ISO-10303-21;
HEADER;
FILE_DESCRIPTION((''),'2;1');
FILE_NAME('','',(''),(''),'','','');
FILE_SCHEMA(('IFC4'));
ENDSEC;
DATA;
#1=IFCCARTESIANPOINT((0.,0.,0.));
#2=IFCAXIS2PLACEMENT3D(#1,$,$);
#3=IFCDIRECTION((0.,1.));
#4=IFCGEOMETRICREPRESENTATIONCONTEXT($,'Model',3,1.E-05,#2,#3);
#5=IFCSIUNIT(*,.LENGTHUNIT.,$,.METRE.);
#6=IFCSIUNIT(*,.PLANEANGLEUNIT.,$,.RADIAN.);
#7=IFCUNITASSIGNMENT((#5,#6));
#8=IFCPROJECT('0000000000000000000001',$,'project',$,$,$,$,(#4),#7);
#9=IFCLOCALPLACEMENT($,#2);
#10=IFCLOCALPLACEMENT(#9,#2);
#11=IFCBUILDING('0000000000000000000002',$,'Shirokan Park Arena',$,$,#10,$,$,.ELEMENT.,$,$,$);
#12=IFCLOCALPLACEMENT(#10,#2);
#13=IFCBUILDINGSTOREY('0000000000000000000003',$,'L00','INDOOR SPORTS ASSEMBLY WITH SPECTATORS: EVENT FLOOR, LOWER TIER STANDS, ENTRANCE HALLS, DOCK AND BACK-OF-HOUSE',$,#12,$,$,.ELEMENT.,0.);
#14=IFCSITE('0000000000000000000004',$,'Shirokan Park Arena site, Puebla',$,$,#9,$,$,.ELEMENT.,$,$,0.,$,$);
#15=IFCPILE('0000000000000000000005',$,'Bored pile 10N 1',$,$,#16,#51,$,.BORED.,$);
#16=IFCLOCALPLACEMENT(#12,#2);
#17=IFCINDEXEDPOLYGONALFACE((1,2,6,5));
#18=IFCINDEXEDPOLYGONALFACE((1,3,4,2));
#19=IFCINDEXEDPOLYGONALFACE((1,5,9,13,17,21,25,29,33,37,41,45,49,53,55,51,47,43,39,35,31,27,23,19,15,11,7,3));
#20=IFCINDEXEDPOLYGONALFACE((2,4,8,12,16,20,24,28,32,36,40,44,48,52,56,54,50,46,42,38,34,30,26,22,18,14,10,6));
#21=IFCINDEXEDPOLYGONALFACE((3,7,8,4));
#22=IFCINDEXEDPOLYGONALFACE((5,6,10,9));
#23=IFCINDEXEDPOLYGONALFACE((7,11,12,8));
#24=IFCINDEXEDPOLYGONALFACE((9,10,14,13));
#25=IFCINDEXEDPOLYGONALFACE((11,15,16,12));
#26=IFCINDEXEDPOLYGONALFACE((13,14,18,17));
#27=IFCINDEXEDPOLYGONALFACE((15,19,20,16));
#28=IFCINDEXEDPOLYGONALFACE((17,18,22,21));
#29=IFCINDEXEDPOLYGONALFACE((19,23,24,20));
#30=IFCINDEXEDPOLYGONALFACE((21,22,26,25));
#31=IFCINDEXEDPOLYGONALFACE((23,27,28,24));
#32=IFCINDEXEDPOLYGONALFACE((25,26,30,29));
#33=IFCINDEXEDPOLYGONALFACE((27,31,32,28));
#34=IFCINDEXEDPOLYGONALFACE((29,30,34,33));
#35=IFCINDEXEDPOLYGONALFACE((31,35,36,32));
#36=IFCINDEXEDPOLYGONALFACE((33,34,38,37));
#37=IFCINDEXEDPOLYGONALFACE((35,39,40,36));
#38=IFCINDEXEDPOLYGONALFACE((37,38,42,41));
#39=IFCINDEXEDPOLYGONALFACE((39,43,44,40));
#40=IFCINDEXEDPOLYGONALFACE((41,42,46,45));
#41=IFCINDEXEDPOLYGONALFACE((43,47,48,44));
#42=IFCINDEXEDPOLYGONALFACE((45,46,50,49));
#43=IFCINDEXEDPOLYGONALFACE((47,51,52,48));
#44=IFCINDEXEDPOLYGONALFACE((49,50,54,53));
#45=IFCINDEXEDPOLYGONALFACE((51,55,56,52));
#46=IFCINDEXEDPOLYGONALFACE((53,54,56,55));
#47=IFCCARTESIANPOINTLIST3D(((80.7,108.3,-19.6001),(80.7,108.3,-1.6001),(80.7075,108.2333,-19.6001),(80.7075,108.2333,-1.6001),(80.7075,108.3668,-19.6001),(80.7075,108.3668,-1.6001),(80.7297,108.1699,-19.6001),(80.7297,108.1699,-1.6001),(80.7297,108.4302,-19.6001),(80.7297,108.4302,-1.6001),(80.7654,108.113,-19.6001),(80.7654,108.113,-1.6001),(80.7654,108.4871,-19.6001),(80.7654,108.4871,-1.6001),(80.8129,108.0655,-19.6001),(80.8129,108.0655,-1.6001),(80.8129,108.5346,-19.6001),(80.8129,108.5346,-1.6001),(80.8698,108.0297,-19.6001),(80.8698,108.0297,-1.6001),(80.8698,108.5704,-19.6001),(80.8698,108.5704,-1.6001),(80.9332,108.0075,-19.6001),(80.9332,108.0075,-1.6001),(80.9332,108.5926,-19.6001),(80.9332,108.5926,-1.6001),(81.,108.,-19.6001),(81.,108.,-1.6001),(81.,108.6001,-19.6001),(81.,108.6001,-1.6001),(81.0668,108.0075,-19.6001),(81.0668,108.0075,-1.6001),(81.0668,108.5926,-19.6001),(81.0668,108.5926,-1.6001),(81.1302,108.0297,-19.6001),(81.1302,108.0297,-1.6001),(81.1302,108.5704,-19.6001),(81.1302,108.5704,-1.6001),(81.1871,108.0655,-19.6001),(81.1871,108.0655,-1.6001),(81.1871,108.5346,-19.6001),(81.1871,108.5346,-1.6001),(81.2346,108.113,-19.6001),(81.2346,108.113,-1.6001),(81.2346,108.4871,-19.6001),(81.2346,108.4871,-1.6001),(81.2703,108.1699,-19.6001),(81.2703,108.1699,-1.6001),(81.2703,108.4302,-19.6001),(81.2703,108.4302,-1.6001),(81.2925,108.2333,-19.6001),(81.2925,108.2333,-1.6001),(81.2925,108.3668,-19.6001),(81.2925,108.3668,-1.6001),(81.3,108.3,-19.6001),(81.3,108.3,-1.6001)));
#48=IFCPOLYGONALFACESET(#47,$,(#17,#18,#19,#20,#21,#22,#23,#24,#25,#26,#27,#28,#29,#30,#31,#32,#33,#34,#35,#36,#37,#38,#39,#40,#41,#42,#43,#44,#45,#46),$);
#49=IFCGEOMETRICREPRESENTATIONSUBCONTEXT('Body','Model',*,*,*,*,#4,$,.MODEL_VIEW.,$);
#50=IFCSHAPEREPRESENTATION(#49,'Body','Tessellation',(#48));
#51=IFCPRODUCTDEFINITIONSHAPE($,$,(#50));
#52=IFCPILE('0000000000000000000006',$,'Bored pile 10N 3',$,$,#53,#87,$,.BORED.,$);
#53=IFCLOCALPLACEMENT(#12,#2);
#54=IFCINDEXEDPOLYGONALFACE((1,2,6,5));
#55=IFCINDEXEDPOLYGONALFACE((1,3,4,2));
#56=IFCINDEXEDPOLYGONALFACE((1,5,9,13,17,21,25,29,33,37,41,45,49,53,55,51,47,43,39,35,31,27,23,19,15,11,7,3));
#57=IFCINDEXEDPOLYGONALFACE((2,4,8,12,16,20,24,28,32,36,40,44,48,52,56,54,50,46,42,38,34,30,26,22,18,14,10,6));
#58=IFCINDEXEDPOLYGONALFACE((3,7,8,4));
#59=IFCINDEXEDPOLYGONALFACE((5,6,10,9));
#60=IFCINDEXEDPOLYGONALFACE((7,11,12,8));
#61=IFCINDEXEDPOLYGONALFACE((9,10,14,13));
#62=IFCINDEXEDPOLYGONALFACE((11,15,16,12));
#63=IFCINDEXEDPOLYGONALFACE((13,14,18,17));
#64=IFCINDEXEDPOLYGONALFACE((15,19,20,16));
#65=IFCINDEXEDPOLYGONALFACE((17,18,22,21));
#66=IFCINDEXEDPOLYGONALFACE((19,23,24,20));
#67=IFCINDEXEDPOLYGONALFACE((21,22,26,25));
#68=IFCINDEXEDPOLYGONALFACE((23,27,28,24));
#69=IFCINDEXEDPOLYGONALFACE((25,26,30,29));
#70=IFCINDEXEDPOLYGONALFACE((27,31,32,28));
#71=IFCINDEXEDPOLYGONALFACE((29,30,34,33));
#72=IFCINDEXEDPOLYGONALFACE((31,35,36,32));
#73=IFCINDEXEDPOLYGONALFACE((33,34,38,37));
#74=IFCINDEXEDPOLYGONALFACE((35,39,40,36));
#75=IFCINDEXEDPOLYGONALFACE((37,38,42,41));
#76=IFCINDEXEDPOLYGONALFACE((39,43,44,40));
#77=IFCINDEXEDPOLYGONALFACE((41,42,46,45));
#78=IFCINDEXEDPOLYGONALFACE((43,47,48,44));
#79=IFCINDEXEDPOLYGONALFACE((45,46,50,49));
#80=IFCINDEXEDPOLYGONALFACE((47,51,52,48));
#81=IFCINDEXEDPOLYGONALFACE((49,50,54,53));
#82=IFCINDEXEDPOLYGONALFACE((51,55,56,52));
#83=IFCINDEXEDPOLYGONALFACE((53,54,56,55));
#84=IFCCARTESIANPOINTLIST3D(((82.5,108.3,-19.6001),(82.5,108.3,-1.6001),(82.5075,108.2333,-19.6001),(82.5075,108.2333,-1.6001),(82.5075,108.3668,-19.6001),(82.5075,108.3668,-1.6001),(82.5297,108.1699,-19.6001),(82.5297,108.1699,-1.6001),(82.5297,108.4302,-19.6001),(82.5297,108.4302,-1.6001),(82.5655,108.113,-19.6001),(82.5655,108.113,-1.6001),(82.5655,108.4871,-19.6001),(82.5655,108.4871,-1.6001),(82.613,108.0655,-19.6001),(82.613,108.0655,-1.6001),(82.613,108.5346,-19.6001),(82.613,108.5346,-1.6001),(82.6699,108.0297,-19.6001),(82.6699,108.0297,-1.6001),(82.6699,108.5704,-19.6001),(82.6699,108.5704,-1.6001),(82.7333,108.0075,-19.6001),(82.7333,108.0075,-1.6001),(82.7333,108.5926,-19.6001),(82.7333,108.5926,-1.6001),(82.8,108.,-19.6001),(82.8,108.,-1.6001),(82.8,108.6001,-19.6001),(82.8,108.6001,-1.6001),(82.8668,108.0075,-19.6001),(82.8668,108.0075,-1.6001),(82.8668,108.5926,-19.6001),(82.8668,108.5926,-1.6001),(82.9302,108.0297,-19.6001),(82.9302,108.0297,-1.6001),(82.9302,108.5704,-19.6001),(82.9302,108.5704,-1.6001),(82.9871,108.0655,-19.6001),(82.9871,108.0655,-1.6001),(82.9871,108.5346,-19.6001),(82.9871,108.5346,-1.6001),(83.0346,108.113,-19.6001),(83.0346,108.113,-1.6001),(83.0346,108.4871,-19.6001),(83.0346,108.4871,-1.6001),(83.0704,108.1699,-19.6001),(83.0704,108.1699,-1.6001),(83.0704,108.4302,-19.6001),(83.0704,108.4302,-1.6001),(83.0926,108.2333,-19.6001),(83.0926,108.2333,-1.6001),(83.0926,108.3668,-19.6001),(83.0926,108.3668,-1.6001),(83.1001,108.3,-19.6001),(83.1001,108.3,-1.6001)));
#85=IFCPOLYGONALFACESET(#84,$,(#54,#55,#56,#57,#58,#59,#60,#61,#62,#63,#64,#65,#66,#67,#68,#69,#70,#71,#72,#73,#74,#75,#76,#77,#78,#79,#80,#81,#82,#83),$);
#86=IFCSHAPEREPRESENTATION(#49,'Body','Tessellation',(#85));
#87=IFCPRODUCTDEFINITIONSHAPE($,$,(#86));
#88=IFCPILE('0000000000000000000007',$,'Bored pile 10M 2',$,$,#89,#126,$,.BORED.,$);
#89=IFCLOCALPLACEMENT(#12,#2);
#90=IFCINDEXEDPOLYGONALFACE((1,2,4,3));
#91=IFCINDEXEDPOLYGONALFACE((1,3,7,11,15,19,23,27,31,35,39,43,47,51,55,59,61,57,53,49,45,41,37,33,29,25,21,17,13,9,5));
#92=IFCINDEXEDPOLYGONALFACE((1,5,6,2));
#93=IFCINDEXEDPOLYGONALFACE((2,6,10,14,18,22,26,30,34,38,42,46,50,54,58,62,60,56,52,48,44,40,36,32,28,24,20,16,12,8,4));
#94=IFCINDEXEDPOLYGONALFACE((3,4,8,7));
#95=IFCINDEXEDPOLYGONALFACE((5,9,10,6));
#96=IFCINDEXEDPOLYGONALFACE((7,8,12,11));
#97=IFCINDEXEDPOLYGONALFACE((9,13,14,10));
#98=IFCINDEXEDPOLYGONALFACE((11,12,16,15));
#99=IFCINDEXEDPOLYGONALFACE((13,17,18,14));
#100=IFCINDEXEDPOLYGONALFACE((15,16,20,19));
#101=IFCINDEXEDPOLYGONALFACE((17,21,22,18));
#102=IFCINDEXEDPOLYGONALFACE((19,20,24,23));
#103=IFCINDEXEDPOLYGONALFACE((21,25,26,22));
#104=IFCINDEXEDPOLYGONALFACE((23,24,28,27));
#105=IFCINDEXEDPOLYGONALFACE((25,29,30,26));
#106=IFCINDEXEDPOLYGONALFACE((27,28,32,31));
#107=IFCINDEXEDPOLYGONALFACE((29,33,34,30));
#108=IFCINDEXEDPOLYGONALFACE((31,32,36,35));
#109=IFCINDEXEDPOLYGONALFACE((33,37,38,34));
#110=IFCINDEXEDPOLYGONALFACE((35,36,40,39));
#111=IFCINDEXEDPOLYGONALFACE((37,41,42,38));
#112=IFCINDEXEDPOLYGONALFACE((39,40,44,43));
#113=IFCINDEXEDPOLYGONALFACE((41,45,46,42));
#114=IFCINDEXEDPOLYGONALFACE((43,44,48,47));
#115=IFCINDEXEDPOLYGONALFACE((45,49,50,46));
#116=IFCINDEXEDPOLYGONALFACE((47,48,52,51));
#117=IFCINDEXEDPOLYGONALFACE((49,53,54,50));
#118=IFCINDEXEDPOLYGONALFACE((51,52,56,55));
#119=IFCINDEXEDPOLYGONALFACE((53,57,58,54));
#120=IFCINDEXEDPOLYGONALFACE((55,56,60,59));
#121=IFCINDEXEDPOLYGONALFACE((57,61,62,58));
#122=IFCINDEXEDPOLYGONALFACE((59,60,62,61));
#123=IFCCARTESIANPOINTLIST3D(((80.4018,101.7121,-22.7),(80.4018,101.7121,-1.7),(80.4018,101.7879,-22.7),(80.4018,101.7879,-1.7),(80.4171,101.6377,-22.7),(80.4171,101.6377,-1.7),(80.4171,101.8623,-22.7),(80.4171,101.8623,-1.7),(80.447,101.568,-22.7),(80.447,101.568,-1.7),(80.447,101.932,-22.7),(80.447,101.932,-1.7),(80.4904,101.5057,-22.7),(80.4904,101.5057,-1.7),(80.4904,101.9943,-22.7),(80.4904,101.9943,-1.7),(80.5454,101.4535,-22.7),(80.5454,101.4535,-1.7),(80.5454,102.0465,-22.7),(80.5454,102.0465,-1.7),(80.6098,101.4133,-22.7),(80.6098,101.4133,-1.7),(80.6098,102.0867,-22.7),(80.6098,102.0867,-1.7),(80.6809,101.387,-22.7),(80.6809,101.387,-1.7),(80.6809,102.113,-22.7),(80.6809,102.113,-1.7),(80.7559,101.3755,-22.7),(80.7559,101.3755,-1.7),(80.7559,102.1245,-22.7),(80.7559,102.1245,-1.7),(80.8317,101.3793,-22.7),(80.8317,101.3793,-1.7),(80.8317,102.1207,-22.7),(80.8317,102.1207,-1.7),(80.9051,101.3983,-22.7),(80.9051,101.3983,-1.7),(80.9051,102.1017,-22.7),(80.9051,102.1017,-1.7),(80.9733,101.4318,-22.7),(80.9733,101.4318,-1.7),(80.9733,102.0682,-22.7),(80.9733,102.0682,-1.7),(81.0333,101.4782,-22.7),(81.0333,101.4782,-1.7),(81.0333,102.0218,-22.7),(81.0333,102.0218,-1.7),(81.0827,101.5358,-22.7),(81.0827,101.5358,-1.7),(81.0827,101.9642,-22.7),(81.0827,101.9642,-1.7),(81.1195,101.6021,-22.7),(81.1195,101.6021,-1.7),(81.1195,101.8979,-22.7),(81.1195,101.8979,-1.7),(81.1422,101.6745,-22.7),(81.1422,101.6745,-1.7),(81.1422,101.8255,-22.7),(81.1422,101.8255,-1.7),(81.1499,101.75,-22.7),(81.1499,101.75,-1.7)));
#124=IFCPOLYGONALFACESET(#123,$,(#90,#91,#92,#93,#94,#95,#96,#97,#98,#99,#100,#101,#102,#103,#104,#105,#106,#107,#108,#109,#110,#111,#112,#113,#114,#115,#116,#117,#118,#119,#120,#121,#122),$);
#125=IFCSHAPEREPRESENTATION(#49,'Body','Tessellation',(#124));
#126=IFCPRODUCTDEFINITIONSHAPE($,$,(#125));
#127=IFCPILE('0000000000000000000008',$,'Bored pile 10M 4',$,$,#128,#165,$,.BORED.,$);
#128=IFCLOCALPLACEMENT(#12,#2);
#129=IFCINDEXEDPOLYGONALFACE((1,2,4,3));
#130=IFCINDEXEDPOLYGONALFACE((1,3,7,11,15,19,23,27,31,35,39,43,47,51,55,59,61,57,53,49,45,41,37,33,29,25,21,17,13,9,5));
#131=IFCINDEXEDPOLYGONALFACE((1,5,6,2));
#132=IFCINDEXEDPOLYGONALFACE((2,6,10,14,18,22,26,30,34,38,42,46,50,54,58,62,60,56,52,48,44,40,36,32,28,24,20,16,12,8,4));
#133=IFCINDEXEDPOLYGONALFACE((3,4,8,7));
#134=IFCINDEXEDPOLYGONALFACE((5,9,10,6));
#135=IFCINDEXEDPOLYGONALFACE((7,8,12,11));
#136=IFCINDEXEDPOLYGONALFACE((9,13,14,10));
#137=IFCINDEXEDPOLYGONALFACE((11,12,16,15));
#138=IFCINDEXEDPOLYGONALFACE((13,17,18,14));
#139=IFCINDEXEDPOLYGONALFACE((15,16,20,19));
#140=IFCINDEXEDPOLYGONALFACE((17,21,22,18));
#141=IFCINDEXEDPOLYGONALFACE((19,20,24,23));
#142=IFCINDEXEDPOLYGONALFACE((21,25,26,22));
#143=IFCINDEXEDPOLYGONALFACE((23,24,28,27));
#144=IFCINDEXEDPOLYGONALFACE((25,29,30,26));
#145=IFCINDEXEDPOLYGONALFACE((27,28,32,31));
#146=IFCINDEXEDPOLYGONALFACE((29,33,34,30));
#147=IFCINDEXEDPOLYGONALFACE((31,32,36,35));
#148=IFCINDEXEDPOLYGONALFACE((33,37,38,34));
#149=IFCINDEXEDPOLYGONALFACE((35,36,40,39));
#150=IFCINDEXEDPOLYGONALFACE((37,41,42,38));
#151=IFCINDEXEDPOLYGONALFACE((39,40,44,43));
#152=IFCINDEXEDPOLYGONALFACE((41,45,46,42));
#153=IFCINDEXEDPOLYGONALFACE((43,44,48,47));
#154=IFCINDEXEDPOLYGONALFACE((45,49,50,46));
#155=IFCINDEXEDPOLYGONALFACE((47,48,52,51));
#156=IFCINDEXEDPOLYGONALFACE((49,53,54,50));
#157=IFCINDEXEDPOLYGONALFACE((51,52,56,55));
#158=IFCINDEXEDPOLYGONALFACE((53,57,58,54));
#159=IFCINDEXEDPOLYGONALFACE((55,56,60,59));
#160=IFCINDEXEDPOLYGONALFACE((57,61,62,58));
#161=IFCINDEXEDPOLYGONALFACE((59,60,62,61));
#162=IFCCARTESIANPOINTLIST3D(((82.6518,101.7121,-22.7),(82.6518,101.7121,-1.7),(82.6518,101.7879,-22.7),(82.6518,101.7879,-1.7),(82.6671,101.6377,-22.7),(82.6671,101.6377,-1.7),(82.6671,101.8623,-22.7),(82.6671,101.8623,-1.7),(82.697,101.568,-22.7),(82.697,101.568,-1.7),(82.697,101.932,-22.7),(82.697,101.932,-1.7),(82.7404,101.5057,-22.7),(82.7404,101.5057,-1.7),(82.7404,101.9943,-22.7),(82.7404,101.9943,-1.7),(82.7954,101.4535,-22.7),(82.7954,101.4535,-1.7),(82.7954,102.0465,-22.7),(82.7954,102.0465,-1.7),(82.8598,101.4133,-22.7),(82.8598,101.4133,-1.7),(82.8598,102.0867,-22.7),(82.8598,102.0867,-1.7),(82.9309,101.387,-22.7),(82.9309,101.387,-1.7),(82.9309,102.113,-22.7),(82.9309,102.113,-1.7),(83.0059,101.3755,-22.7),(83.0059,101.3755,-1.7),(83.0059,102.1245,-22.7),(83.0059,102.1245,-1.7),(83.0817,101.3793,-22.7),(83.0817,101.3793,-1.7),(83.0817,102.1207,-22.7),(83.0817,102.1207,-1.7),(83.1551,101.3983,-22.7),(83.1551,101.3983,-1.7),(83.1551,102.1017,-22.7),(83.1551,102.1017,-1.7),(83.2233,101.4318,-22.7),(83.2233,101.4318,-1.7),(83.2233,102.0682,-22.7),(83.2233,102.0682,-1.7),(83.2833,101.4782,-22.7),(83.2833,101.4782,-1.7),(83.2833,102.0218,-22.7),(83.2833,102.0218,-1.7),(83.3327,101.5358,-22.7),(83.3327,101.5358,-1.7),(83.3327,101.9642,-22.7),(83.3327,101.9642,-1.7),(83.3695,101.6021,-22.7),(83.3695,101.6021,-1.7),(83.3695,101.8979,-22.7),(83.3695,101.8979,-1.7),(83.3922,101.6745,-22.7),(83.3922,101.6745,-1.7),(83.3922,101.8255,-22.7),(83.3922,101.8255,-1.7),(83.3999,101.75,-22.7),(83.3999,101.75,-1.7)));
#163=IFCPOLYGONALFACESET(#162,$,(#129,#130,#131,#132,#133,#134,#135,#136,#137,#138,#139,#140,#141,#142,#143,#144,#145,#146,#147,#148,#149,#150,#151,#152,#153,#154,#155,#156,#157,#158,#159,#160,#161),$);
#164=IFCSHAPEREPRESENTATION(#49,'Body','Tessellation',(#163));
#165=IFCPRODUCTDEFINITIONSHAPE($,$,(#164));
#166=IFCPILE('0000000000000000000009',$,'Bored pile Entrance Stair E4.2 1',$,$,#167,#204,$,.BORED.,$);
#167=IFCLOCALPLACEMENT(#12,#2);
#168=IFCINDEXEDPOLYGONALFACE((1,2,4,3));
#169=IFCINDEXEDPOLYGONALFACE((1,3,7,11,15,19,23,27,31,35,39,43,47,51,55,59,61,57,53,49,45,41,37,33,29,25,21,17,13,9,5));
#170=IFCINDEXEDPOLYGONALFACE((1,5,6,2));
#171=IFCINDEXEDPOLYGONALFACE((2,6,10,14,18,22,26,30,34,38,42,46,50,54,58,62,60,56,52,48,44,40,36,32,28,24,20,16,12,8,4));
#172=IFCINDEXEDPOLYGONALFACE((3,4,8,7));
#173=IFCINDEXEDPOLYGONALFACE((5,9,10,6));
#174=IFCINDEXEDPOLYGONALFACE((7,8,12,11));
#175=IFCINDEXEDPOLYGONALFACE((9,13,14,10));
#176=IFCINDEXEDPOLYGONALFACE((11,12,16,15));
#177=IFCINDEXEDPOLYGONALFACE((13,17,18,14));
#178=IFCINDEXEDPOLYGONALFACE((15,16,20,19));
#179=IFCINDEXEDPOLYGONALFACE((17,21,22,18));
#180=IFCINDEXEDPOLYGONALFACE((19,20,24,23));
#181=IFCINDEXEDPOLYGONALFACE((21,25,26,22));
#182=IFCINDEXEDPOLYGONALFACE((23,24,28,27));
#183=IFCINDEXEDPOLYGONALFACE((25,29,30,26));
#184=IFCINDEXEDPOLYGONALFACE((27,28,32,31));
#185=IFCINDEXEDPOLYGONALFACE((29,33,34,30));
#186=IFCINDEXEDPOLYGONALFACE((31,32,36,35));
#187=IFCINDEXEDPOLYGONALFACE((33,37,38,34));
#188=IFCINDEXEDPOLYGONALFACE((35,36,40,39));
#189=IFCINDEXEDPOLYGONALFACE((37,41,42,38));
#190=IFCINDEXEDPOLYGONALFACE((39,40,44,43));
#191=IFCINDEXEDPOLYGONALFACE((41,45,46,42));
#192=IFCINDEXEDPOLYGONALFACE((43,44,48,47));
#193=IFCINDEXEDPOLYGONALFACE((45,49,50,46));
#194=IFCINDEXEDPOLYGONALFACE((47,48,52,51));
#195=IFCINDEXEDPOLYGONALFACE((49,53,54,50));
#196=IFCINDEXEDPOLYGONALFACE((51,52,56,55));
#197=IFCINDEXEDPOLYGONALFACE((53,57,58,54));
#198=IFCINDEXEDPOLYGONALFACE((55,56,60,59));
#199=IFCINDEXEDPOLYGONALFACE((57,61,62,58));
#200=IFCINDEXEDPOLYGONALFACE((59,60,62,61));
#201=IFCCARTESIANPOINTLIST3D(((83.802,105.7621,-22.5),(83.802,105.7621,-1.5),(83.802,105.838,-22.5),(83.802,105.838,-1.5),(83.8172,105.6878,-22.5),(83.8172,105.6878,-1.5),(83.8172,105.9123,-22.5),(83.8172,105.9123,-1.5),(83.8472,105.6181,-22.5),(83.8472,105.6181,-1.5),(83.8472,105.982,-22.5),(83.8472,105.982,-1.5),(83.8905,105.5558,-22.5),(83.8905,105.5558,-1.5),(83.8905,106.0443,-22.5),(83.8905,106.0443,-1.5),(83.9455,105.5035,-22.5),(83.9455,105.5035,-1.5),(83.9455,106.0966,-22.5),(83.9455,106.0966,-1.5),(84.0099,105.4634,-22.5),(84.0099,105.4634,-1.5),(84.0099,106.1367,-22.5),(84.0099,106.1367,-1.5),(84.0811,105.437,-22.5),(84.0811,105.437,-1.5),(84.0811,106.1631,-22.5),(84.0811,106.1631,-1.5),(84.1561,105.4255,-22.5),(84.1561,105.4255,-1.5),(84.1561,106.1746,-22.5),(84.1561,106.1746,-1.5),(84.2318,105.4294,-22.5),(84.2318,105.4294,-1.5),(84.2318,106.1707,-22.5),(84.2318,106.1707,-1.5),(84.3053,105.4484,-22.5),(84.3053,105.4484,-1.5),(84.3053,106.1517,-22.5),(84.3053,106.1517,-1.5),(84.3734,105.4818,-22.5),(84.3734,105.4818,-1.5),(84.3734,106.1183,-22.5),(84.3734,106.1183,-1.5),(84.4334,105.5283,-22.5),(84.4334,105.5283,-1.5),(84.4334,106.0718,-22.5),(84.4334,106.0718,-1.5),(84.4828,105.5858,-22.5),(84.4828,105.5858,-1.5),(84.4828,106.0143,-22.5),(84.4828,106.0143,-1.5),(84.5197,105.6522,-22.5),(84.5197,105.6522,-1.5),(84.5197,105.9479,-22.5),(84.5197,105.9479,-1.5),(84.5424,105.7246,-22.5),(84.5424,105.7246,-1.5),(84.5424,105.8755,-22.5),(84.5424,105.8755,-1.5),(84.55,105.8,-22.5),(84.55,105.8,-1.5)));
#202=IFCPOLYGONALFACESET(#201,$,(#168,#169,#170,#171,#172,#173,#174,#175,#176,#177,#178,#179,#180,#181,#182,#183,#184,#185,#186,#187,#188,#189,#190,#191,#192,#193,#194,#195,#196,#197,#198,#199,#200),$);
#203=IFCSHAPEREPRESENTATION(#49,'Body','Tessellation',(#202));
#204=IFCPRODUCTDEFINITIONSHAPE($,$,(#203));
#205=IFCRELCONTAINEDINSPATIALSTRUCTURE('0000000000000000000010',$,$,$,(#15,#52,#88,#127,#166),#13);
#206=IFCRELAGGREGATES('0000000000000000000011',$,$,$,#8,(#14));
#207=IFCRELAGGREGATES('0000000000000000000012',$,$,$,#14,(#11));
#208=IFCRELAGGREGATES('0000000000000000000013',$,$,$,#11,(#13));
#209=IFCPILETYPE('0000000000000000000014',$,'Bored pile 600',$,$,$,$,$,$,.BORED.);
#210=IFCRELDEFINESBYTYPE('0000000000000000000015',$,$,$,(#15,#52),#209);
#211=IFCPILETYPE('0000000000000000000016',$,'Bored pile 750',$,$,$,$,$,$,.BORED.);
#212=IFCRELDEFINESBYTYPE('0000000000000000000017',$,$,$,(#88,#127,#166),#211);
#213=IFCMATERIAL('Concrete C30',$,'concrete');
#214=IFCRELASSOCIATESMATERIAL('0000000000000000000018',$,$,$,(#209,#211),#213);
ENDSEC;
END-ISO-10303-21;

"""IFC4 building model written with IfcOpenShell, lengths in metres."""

from ifc_helpers import new_model, si_unit, direction, frame, origin, origin_2d, place, context, subcontext, project, spatial, circle, extrude, material, material_profile, profile_set, type_object, element, save


model = new_model("IFC4")

# Units and contexts
model_context = context("Model", 3, precision=1e-05, world=origin(), true_north=direction((0.0, 1.0)))
body_context = subcontext(model_context, "Body", "Model", "MODEL_VIEW")
ifc_project = project(units=[si_unit("LENGTHUNIT", "METRE"), si_unit("PLANEANGLEUNIT", "RADIAN")], contexts=[model_context])

# Site, building, storey
site_placement = place(None, origin())
site = spatial("IfcSite", under=ifc_project, at=site_placement, Name="Shirokan Park Arena site, Puebla", CompositionType="ELEMENT", RefElevation=0.0)
building_placement = place(site_placement, origin())
building = spatial("IfcBuilding", under=site, at=building_placement, Name="Shirokan Park Arena", CompositionType="ELEMENT")
storey_placement = place(building_placement, origin())
storey = spatial("IfcBuildingStorey", under=building, at=storey_placement, Name="L00", Description="INDOOR SPORTS ASSEMBLY WITH SPECTATORS: EVENT FLOOR, LOWER TIER STANDS, ENTRANCE HALLS, DOCK AND BACK-OF-HOUSE", CompositionType="ELEMENT", Elevation=0.0)

# Piles
ifc_material_1 = material(Name="Concrete C30", Category="concrete")
ifc_material_profile_1 = material_profile(ifc_material_1, circle(Radius=0.3, at=origin_2d()), Name="D600")
ifc_profile_set_1 = profile_set([ifc_material_profile_1], Name="Concrete C30")
pile_type_1 = type_object("IfcPileType", Name="Bored pile 600", PredefinedType="BORED", material=ifc_profile_set_1)
for number, where, z_axis, x_axis, name in (
    (1, (81.0, 108.3, -1.6001), (0.0, 0.0, -1.0), (1.0, 0.0, 0.0), "Bored pile 10N 1"),
    (2, (82.8, 108.3, -1.6001), (0.0, 0.0, -1.0), (1.0, 0.0, 0.0), "Bored pile 10N 3"),
):
    element("IfcPile", number, at=place(storey_placement, frame(where, z_axis=z_axis, x_axis=x_axis)), inside=storey, type_object=pile_type_1, Name=name, PredefinedType="BORED", context=body_context, shape_type="SweptSolid", body=[
        extrude(circle(Radius=0.3, at=origin_2d()), origin(), (0.0, 0.0, 1.0), 18.0),
    ])
ifc_material_profile_2 = material_profile(ifc_material_1, circle(Radius=0.375, at=origin_2d()), Name="D750")
ifc_profile_set_2 = profile_set([ifc_material_profile_2], Name="Concrete C30")
pile_type_2 = type_object("IfcPileType", Name="Bored pile 750", PredefinedType="BORED", material=ifc_profile_set_2)
for number, where, z_axis, x_axis, name in (
    (3, (80.7749, 101.75, -1.7), (0.0, 0.0, -1.0), (1.0, 0.0, 0.0), "Bored pile 10M 2"),
    (4, (83.0249, 101.75, -1.7), (0.0, 0.0, -1.0), (1.0, 0.0, 0.0), "Bored pile 10M 4"),
    (5, (84.175, 105.8, -1.5), (0.0, 0.0, -1.0), (1.0, 0.0, 0.0), "Bored pile Entrance Stair E4.2 1"),
):
    element("IfcPile", number, at=place(storey_placement, frame(where, z_axis=z_axis, x_axis=x_axis)), inside=storey, type_object=pile_type_2, Name=name, PredefinedType="BORED", context=body_context, shape_type="SweptSolid", body=[
        extrude(circle(Radius=0.375, at=origin_2d()), origin(), (0.0, 0.0, 1.0), 21.0),
    ])

save(model, "model.ifc")
